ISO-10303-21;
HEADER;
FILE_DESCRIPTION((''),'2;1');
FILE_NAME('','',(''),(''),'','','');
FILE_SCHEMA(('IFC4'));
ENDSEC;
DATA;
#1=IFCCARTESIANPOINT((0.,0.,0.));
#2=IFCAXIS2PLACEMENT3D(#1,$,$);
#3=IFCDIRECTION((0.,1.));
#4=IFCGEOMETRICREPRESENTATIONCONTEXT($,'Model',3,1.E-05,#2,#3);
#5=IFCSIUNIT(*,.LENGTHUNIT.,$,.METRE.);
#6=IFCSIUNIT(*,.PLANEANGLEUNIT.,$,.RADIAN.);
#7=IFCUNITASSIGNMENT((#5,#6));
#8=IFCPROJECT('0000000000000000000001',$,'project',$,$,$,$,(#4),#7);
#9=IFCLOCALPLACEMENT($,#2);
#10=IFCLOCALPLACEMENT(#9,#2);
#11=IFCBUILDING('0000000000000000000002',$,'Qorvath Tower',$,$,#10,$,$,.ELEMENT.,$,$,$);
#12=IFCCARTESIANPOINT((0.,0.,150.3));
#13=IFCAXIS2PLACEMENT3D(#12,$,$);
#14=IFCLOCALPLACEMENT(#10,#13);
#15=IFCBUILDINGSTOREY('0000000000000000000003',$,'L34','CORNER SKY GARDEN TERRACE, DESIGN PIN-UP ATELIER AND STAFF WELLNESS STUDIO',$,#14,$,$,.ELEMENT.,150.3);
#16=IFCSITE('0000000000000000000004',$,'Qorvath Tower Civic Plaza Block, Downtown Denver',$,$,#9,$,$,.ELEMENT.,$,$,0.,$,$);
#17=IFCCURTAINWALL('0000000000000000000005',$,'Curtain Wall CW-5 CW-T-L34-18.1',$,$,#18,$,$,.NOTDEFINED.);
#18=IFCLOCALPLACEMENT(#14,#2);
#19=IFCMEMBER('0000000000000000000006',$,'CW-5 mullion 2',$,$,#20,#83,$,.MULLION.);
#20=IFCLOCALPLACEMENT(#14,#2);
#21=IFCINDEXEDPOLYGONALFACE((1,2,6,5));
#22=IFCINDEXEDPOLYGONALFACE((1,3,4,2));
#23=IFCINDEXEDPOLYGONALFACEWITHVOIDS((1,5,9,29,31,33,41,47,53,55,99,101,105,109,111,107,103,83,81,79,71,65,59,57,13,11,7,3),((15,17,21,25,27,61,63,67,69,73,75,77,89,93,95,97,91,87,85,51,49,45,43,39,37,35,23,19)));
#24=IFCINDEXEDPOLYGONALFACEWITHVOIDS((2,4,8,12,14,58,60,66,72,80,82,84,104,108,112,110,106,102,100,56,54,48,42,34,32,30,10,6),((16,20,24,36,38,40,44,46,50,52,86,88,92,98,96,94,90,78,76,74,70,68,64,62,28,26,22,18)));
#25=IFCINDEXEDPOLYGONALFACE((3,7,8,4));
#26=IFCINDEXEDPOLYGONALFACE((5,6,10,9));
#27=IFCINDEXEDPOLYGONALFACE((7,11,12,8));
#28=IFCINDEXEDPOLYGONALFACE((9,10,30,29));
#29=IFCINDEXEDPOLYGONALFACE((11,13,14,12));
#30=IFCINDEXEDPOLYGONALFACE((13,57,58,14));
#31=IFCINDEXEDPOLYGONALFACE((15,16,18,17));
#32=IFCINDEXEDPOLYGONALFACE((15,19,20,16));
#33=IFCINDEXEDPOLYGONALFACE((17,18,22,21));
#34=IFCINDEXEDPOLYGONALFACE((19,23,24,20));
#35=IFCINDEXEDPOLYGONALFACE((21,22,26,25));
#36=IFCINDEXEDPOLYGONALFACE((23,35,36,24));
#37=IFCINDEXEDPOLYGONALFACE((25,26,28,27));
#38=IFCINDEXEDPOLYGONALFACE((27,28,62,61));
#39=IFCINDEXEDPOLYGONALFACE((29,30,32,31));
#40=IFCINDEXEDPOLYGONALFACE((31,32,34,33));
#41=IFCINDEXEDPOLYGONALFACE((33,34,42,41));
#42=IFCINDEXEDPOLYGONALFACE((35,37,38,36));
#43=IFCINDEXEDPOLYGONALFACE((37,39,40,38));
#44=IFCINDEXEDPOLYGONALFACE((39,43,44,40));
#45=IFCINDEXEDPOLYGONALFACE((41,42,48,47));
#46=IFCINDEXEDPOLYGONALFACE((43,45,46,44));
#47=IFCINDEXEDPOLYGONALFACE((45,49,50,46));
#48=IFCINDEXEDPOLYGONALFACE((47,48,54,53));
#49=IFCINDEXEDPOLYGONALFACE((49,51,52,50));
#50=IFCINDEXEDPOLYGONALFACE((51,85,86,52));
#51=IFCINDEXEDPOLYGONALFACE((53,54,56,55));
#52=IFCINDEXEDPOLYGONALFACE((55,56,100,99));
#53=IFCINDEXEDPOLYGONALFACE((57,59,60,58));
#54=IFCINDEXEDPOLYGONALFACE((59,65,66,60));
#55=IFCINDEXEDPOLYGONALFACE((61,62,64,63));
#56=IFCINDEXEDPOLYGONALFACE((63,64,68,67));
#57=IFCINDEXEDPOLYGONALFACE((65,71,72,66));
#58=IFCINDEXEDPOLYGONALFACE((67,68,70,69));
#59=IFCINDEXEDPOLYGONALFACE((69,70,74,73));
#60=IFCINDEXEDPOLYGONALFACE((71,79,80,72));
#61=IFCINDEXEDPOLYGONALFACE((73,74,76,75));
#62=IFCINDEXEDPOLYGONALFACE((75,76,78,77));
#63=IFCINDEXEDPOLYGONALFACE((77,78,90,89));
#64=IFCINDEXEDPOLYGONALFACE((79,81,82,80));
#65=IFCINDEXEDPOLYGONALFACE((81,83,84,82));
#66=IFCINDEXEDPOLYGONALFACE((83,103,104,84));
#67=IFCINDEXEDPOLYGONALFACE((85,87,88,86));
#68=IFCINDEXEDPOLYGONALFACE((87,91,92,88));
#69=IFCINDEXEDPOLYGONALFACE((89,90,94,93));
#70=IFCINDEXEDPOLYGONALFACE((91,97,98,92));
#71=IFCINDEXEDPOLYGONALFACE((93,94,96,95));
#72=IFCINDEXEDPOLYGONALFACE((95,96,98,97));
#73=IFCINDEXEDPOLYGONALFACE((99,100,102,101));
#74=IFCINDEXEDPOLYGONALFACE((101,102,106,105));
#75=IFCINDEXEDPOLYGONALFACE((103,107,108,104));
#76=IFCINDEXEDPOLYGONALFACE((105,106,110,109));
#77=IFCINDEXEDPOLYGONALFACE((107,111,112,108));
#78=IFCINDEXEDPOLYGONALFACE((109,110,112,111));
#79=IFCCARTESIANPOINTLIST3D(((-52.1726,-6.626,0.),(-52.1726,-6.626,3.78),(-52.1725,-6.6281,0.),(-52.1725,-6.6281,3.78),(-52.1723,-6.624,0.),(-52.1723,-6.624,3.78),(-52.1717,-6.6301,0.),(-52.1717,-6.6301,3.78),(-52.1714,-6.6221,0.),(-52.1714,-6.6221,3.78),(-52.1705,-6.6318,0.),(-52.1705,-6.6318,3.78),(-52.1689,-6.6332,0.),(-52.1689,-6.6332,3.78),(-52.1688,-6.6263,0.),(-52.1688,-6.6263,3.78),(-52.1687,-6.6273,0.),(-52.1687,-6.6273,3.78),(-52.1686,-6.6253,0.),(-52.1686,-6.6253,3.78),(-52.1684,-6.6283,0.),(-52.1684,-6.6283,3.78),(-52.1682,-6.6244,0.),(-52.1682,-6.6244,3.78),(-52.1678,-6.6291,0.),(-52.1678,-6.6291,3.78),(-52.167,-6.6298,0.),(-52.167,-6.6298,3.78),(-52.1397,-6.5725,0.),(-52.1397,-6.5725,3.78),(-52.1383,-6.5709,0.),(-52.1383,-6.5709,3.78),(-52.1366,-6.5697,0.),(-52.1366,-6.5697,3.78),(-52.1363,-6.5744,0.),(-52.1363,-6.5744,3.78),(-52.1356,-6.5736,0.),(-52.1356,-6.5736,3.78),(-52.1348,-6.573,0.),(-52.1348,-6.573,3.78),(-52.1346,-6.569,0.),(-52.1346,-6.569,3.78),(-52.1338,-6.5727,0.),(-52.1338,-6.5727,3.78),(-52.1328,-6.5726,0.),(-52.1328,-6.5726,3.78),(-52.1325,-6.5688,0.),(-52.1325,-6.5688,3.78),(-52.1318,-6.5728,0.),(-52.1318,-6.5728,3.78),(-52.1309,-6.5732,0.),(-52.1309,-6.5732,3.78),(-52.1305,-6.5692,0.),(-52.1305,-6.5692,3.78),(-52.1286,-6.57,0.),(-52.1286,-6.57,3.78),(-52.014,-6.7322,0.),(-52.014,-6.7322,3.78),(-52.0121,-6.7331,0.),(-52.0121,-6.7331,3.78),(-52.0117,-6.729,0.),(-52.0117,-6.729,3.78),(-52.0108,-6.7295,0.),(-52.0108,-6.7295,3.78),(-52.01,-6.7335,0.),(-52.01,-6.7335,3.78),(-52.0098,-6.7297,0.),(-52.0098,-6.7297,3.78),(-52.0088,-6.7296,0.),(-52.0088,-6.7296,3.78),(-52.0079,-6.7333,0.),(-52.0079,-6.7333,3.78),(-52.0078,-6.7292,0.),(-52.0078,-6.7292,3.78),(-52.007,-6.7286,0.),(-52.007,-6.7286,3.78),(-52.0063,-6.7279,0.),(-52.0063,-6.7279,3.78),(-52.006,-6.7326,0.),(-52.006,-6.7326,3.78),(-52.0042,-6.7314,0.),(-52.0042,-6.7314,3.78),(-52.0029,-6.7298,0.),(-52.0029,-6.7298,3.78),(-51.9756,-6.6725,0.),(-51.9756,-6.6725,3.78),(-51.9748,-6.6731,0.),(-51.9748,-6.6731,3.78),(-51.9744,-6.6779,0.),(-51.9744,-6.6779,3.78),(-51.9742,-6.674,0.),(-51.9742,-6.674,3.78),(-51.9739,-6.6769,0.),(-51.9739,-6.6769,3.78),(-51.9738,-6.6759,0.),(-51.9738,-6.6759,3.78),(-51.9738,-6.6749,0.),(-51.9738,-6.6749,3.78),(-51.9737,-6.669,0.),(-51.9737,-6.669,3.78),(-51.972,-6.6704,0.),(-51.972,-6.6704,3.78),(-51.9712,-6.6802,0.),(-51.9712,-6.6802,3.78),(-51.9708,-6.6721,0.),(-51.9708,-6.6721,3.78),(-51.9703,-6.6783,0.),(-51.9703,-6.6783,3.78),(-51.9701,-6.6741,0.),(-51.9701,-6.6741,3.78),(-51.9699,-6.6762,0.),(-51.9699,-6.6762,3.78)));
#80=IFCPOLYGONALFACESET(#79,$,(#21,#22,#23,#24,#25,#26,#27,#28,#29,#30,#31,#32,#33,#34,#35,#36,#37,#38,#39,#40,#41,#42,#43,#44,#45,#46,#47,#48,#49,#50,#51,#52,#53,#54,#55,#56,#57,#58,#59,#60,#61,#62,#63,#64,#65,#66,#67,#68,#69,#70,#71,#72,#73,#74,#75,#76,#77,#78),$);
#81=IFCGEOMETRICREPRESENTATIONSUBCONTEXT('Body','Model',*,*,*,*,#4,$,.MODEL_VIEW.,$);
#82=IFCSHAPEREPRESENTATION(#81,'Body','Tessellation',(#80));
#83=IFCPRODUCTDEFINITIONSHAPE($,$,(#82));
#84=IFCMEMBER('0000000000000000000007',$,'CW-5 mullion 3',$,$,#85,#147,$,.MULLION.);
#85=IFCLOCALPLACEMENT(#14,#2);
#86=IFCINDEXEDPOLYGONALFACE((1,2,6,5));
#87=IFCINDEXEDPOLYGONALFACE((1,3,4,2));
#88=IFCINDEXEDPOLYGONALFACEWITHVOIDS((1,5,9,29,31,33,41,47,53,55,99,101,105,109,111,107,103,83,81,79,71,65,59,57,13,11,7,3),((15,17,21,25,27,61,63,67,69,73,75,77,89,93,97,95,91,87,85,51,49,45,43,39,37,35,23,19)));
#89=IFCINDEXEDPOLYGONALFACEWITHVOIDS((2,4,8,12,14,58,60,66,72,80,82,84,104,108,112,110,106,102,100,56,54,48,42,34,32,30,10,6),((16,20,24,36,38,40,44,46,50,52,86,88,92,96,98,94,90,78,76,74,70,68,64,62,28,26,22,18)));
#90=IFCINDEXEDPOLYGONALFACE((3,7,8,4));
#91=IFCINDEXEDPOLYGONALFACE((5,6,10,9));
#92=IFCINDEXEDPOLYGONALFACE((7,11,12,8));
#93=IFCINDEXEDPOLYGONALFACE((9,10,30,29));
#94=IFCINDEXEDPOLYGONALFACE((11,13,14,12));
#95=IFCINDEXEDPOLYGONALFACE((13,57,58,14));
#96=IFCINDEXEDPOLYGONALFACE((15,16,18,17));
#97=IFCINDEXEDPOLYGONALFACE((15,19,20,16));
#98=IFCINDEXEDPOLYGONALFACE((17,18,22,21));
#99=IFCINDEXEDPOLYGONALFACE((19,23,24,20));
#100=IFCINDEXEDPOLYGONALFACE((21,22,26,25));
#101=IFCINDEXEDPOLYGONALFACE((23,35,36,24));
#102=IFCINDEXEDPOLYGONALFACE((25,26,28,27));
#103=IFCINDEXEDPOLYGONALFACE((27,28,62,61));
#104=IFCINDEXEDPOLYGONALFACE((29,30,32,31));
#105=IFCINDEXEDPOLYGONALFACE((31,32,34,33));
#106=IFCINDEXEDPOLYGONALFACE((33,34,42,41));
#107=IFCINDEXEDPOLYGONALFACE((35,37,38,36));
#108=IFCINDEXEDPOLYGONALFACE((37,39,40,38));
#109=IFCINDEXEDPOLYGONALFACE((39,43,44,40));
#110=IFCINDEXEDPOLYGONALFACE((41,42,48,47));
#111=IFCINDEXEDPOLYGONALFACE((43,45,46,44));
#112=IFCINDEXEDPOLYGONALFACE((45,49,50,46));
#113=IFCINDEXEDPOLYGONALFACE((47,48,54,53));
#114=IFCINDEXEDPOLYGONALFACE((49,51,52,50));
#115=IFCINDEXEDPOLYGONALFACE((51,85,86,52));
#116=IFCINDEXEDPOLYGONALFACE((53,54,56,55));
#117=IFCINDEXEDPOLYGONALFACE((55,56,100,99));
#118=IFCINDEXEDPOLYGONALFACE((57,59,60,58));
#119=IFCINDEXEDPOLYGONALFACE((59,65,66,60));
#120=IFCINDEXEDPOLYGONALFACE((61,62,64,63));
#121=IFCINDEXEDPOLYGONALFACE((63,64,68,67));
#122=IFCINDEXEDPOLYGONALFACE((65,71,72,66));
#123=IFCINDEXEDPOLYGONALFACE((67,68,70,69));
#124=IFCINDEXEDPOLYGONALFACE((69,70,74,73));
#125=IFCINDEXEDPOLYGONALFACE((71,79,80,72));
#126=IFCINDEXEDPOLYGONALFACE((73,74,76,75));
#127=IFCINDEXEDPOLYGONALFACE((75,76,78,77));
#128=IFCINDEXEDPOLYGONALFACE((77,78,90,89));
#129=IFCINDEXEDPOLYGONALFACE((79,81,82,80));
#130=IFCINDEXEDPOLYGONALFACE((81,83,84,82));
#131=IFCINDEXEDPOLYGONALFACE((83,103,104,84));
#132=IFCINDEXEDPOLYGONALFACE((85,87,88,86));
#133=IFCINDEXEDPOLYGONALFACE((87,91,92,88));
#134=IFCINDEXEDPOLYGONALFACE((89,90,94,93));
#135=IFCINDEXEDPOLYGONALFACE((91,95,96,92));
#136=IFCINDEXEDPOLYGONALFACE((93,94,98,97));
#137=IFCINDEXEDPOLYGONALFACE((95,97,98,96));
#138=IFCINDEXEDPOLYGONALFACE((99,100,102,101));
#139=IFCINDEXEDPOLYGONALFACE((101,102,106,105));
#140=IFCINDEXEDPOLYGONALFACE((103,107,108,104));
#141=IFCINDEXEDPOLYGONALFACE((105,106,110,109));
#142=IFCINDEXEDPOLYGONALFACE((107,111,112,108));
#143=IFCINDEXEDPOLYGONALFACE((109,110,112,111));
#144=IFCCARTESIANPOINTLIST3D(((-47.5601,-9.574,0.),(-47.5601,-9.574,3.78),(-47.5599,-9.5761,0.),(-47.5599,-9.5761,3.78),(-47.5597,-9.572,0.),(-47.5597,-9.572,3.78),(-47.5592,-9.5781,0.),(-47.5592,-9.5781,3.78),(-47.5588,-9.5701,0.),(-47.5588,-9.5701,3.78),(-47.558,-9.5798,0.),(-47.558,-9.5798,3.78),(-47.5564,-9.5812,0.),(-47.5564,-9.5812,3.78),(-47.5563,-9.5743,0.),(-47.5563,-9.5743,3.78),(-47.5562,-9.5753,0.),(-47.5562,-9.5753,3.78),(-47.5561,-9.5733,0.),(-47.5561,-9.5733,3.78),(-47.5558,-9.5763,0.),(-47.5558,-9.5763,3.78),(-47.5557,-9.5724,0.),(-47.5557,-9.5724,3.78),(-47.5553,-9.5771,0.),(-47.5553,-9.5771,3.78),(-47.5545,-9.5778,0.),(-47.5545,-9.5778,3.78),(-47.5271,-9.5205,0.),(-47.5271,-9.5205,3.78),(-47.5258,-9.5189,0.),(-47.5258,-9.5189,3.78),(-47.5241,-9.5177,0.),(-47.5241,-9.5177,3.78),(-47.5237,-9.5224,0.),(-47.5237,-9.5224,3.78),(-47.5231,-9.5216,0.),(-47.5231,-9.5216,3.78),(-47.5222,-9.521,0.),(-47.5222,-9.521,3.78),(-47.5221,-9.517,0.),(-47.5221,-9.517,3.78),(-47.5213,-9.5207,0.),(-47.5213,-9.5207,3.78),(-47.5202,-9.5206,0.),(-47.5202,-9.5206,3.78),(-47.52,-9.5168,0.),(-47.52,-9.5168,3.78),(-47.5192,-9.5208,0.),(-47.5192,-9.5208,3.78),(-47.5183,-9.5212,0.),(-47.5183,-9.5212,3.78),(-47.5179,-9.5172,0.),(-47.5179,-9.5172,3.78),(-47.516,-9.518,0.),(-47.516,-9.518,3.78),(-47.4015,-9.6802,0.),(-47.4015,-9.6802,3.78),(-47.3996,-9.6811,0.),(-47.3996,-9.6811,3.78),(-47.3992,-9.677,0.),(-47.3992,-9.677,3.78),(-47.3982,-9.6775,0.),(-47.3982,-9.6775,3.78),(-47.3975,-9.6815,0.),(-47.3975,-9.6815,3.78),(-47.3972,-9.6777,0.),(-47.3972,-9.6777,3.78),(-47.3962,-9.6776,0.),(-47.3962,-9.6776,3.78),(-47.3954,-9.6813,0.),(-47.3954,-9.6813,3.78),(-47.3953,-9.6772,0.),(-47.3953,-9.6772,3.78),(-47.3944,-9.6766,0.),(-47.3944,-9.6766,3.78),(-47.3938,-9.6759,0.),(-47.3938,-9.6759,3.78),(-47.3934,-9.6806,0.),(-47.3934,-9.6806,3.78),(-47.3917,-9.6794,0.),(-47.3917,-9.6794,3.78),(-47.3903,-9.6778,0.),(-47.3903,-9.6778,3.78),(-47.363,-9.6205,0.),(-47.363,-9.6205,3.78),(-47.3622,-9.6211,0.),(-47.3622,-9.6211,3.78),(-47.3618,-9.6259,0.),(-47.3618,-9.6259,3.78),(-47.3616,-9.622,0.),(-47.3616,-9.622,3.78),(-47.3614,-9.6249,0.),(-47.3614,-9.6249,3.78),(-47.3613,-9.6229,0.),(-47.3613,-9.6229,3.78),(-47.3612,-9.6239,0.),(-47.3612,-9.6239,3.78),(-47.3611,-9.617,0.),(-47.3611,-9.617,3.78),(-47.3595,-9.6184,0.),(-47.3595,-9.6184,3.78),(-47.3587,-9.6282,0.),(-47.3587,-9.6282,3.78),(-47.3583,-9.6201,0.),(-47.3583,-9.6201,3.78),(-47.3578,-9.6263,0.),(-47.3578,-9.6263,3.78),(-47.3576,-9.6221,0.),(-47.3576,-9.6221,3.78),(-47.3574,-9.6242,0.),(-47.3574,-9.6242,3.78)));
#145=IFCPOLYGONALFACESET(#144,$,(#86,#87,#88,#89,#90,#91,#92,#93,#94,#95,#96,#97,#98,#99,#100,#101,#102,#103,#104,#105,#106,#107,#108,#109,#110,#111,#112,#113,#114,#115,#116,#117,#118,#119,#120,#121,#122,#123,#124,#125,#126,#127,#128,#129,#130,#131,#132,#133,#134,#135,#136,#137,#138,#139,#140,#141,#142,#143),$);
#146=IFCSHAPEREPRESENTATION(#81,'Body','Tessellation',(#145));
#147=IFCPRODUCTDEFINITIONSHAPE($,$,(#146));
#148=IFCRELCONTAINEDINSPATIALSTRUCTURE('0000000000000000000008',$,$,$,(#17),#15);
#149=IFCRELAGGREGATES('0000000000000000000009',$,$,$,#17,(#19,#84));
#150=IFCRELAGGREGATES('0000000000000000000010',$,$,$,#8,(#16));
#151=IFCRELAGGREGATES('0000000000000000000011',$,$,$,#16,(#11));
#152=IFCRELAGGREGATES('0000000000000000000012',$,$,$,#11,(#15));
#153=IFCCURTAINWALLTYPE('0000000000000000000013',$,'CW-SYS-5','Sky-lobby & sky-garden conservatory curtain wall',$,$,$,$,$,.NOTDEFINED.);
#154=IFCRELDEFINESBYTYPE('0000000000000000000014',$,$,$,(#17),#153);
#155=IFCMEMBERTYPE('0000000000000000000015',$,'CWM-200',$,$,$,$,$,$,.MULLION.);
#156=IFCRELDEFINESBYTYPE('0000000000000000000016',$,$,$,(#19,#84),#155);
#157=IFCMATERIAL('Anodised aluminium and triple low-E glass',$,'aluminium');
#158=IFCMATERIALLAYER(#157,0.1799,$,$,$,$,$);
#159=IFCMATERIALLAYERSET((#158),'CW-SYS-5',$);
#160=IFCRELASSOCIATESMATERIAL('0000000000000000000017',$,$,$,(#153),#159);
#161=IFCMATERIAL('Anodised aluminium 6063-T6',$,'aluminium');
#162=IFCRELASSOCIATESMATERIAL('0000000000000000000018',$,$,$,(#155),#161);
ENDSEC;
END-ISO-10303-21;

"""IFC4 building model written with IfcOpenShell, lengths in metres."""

from ifc_helpers import new_model, si_unit, direction, frame, origin, origin_2d, place, context, subcontext, project, spatial, hollow_rectangle, extrude, material, layer, layer_set, material_profile, profile_set, type_object, element, aggregate, save


model = new_model("IFC4")

# Units and contexts
model_context = context("Model", 3, precision=1e-05, world=origin(), true_north=direction((0.0, 1.0)))
body_context = subcontext(model_context, "Body", "Model", "MODEL_VIEW")
ifc_project = project(units=[si_unit("LENGTHUNIT", "METRE"), si_unit("PLANEANGLEUNIT", "RADIAN")], contexts=[model_context])

# Site, building, storey
site_placement = place(None, origin())
site = spatial("IfcSite", under=ifc_project, at=site_placement, Name="Qorvath Tower Civic Plaza Block, Downtown Denver", CompositionType="ELEMENT", RefElevation=0.0)
building_placement = place(site_placement, origin())
building = spatial("IfcBuilding", under=site, at=building_placement, Name="Qorvath Tower", CompositionType="ELEMENT")
storey_placement = place(building_placement, frame((0.0, 0.0, 150.3)))
storey = spatial("IfcBuildingStorey", under=building, at=storey_placement, Name="L34", Description="CORNER SKY GARDEN TERRACE, DESIGN PIN-UP ATELIER AND STAFF WELLNESS STUDIO", CompositionType="ELEMENT", Elevation=150.3)

# Shared definitions
ifc_material_1 = material(Name="Anodised aluminium and triple low-E glass", Category="aluminium")
ifc_layer_1 = layer(ifc_material_1, 0.1799)
ifc_layer_set_1 = layer_set([ifc_layer_1], Name="CW-SYS-5")
curtain_wall_type = type_object("IfcCurtainWallType", Name="CW-SYS-5", Description="Sky-lobby & sky-garden conservatory curtain wall", PredefinedType="NOTDEFINED", material=ifc_layer_set_1)
ifc_material_2 = material(Name="Anodised aluminium 6063-T6", Category="aluminium")
ifc_material_profile_1 = material_profile(ifc_material_2, hollow_rectangle(XDim=0.075, YDim=0.2, WallThickness=0.0039, InnerFilletRadius=0.0039, OuterFilletRadius=0.0081, at=origin_2d()), Name="CWM 200x75")
ifc_profile_set_1 = profile_set([ifc_material_profile_1], Name="Anodised aluminium 6063-T6")
member_type_1 = type_object("IfcMemberType", Name="CWM-200", PredefinedType="MULLION", material=ifc_profile_set_1)

# Curtain wall, members
curtain_wall_1_placement = place(storey_placement, origin())
curtain_wall_1 = element("IfcCurtainWall", 1, at=curtain_wall_1_placement, inside=storey, type_object=curtain_wall_type, Name="Curtain Wall CW-5 CW-T-L34-18.1", PredefinedType="NOTDEFINED")
member_1_placement = place(storey_placement, frame((-52.0713, -6.6511, 0.0), z_axis=(0.0, 0.0, 1.0), x_axis=(0.538536, 0.842602, 0.0)))
member_1 = element("IfcMember", 2, at=member_1_placement, type_object=member_type_1, Name="CW-5 mullion 2", PredefinedType="MULLION", context=body_context, shape_type="SweptSolid", body=[
    extrude(hollow_rectangle(XDim=0.075, YDim=0.2, WallThickness=0.0039, InnerFilletRadius=0.0039, OuterFilletRadius=0.0081, at=origin_2d()), origin(), (0.0, 0.0, 1.0), 3.78),
])
member_2_placement = place(storey_placement, frame((-47.4587, -9.5991, 0.0), z_axis=(0.0, 0.0, 1.0), x_axis=(0.538536, 0.842602, 0.0)))
member_2 = element("IfcMember", 3, at=member_2_placement, type_object=member_type_1, Name="CW-5 mullion 3", PredefinedType="MULLION", context=body_context, shape_type="SweptSolid", body=[
    extrude(hollow_rectangle(XDim=0.075, YDim=0.2, WallThickness=0.0039, InnerFilletRadius=0.0039, OuterFilletRadius=0.0081, at=origin_2d()), origin(), (0.0, 0.0, 1.0), 3.78),
])

aggregate(curtain_wall_1, [member_1, member_2])

save(model, "model.ifc")
